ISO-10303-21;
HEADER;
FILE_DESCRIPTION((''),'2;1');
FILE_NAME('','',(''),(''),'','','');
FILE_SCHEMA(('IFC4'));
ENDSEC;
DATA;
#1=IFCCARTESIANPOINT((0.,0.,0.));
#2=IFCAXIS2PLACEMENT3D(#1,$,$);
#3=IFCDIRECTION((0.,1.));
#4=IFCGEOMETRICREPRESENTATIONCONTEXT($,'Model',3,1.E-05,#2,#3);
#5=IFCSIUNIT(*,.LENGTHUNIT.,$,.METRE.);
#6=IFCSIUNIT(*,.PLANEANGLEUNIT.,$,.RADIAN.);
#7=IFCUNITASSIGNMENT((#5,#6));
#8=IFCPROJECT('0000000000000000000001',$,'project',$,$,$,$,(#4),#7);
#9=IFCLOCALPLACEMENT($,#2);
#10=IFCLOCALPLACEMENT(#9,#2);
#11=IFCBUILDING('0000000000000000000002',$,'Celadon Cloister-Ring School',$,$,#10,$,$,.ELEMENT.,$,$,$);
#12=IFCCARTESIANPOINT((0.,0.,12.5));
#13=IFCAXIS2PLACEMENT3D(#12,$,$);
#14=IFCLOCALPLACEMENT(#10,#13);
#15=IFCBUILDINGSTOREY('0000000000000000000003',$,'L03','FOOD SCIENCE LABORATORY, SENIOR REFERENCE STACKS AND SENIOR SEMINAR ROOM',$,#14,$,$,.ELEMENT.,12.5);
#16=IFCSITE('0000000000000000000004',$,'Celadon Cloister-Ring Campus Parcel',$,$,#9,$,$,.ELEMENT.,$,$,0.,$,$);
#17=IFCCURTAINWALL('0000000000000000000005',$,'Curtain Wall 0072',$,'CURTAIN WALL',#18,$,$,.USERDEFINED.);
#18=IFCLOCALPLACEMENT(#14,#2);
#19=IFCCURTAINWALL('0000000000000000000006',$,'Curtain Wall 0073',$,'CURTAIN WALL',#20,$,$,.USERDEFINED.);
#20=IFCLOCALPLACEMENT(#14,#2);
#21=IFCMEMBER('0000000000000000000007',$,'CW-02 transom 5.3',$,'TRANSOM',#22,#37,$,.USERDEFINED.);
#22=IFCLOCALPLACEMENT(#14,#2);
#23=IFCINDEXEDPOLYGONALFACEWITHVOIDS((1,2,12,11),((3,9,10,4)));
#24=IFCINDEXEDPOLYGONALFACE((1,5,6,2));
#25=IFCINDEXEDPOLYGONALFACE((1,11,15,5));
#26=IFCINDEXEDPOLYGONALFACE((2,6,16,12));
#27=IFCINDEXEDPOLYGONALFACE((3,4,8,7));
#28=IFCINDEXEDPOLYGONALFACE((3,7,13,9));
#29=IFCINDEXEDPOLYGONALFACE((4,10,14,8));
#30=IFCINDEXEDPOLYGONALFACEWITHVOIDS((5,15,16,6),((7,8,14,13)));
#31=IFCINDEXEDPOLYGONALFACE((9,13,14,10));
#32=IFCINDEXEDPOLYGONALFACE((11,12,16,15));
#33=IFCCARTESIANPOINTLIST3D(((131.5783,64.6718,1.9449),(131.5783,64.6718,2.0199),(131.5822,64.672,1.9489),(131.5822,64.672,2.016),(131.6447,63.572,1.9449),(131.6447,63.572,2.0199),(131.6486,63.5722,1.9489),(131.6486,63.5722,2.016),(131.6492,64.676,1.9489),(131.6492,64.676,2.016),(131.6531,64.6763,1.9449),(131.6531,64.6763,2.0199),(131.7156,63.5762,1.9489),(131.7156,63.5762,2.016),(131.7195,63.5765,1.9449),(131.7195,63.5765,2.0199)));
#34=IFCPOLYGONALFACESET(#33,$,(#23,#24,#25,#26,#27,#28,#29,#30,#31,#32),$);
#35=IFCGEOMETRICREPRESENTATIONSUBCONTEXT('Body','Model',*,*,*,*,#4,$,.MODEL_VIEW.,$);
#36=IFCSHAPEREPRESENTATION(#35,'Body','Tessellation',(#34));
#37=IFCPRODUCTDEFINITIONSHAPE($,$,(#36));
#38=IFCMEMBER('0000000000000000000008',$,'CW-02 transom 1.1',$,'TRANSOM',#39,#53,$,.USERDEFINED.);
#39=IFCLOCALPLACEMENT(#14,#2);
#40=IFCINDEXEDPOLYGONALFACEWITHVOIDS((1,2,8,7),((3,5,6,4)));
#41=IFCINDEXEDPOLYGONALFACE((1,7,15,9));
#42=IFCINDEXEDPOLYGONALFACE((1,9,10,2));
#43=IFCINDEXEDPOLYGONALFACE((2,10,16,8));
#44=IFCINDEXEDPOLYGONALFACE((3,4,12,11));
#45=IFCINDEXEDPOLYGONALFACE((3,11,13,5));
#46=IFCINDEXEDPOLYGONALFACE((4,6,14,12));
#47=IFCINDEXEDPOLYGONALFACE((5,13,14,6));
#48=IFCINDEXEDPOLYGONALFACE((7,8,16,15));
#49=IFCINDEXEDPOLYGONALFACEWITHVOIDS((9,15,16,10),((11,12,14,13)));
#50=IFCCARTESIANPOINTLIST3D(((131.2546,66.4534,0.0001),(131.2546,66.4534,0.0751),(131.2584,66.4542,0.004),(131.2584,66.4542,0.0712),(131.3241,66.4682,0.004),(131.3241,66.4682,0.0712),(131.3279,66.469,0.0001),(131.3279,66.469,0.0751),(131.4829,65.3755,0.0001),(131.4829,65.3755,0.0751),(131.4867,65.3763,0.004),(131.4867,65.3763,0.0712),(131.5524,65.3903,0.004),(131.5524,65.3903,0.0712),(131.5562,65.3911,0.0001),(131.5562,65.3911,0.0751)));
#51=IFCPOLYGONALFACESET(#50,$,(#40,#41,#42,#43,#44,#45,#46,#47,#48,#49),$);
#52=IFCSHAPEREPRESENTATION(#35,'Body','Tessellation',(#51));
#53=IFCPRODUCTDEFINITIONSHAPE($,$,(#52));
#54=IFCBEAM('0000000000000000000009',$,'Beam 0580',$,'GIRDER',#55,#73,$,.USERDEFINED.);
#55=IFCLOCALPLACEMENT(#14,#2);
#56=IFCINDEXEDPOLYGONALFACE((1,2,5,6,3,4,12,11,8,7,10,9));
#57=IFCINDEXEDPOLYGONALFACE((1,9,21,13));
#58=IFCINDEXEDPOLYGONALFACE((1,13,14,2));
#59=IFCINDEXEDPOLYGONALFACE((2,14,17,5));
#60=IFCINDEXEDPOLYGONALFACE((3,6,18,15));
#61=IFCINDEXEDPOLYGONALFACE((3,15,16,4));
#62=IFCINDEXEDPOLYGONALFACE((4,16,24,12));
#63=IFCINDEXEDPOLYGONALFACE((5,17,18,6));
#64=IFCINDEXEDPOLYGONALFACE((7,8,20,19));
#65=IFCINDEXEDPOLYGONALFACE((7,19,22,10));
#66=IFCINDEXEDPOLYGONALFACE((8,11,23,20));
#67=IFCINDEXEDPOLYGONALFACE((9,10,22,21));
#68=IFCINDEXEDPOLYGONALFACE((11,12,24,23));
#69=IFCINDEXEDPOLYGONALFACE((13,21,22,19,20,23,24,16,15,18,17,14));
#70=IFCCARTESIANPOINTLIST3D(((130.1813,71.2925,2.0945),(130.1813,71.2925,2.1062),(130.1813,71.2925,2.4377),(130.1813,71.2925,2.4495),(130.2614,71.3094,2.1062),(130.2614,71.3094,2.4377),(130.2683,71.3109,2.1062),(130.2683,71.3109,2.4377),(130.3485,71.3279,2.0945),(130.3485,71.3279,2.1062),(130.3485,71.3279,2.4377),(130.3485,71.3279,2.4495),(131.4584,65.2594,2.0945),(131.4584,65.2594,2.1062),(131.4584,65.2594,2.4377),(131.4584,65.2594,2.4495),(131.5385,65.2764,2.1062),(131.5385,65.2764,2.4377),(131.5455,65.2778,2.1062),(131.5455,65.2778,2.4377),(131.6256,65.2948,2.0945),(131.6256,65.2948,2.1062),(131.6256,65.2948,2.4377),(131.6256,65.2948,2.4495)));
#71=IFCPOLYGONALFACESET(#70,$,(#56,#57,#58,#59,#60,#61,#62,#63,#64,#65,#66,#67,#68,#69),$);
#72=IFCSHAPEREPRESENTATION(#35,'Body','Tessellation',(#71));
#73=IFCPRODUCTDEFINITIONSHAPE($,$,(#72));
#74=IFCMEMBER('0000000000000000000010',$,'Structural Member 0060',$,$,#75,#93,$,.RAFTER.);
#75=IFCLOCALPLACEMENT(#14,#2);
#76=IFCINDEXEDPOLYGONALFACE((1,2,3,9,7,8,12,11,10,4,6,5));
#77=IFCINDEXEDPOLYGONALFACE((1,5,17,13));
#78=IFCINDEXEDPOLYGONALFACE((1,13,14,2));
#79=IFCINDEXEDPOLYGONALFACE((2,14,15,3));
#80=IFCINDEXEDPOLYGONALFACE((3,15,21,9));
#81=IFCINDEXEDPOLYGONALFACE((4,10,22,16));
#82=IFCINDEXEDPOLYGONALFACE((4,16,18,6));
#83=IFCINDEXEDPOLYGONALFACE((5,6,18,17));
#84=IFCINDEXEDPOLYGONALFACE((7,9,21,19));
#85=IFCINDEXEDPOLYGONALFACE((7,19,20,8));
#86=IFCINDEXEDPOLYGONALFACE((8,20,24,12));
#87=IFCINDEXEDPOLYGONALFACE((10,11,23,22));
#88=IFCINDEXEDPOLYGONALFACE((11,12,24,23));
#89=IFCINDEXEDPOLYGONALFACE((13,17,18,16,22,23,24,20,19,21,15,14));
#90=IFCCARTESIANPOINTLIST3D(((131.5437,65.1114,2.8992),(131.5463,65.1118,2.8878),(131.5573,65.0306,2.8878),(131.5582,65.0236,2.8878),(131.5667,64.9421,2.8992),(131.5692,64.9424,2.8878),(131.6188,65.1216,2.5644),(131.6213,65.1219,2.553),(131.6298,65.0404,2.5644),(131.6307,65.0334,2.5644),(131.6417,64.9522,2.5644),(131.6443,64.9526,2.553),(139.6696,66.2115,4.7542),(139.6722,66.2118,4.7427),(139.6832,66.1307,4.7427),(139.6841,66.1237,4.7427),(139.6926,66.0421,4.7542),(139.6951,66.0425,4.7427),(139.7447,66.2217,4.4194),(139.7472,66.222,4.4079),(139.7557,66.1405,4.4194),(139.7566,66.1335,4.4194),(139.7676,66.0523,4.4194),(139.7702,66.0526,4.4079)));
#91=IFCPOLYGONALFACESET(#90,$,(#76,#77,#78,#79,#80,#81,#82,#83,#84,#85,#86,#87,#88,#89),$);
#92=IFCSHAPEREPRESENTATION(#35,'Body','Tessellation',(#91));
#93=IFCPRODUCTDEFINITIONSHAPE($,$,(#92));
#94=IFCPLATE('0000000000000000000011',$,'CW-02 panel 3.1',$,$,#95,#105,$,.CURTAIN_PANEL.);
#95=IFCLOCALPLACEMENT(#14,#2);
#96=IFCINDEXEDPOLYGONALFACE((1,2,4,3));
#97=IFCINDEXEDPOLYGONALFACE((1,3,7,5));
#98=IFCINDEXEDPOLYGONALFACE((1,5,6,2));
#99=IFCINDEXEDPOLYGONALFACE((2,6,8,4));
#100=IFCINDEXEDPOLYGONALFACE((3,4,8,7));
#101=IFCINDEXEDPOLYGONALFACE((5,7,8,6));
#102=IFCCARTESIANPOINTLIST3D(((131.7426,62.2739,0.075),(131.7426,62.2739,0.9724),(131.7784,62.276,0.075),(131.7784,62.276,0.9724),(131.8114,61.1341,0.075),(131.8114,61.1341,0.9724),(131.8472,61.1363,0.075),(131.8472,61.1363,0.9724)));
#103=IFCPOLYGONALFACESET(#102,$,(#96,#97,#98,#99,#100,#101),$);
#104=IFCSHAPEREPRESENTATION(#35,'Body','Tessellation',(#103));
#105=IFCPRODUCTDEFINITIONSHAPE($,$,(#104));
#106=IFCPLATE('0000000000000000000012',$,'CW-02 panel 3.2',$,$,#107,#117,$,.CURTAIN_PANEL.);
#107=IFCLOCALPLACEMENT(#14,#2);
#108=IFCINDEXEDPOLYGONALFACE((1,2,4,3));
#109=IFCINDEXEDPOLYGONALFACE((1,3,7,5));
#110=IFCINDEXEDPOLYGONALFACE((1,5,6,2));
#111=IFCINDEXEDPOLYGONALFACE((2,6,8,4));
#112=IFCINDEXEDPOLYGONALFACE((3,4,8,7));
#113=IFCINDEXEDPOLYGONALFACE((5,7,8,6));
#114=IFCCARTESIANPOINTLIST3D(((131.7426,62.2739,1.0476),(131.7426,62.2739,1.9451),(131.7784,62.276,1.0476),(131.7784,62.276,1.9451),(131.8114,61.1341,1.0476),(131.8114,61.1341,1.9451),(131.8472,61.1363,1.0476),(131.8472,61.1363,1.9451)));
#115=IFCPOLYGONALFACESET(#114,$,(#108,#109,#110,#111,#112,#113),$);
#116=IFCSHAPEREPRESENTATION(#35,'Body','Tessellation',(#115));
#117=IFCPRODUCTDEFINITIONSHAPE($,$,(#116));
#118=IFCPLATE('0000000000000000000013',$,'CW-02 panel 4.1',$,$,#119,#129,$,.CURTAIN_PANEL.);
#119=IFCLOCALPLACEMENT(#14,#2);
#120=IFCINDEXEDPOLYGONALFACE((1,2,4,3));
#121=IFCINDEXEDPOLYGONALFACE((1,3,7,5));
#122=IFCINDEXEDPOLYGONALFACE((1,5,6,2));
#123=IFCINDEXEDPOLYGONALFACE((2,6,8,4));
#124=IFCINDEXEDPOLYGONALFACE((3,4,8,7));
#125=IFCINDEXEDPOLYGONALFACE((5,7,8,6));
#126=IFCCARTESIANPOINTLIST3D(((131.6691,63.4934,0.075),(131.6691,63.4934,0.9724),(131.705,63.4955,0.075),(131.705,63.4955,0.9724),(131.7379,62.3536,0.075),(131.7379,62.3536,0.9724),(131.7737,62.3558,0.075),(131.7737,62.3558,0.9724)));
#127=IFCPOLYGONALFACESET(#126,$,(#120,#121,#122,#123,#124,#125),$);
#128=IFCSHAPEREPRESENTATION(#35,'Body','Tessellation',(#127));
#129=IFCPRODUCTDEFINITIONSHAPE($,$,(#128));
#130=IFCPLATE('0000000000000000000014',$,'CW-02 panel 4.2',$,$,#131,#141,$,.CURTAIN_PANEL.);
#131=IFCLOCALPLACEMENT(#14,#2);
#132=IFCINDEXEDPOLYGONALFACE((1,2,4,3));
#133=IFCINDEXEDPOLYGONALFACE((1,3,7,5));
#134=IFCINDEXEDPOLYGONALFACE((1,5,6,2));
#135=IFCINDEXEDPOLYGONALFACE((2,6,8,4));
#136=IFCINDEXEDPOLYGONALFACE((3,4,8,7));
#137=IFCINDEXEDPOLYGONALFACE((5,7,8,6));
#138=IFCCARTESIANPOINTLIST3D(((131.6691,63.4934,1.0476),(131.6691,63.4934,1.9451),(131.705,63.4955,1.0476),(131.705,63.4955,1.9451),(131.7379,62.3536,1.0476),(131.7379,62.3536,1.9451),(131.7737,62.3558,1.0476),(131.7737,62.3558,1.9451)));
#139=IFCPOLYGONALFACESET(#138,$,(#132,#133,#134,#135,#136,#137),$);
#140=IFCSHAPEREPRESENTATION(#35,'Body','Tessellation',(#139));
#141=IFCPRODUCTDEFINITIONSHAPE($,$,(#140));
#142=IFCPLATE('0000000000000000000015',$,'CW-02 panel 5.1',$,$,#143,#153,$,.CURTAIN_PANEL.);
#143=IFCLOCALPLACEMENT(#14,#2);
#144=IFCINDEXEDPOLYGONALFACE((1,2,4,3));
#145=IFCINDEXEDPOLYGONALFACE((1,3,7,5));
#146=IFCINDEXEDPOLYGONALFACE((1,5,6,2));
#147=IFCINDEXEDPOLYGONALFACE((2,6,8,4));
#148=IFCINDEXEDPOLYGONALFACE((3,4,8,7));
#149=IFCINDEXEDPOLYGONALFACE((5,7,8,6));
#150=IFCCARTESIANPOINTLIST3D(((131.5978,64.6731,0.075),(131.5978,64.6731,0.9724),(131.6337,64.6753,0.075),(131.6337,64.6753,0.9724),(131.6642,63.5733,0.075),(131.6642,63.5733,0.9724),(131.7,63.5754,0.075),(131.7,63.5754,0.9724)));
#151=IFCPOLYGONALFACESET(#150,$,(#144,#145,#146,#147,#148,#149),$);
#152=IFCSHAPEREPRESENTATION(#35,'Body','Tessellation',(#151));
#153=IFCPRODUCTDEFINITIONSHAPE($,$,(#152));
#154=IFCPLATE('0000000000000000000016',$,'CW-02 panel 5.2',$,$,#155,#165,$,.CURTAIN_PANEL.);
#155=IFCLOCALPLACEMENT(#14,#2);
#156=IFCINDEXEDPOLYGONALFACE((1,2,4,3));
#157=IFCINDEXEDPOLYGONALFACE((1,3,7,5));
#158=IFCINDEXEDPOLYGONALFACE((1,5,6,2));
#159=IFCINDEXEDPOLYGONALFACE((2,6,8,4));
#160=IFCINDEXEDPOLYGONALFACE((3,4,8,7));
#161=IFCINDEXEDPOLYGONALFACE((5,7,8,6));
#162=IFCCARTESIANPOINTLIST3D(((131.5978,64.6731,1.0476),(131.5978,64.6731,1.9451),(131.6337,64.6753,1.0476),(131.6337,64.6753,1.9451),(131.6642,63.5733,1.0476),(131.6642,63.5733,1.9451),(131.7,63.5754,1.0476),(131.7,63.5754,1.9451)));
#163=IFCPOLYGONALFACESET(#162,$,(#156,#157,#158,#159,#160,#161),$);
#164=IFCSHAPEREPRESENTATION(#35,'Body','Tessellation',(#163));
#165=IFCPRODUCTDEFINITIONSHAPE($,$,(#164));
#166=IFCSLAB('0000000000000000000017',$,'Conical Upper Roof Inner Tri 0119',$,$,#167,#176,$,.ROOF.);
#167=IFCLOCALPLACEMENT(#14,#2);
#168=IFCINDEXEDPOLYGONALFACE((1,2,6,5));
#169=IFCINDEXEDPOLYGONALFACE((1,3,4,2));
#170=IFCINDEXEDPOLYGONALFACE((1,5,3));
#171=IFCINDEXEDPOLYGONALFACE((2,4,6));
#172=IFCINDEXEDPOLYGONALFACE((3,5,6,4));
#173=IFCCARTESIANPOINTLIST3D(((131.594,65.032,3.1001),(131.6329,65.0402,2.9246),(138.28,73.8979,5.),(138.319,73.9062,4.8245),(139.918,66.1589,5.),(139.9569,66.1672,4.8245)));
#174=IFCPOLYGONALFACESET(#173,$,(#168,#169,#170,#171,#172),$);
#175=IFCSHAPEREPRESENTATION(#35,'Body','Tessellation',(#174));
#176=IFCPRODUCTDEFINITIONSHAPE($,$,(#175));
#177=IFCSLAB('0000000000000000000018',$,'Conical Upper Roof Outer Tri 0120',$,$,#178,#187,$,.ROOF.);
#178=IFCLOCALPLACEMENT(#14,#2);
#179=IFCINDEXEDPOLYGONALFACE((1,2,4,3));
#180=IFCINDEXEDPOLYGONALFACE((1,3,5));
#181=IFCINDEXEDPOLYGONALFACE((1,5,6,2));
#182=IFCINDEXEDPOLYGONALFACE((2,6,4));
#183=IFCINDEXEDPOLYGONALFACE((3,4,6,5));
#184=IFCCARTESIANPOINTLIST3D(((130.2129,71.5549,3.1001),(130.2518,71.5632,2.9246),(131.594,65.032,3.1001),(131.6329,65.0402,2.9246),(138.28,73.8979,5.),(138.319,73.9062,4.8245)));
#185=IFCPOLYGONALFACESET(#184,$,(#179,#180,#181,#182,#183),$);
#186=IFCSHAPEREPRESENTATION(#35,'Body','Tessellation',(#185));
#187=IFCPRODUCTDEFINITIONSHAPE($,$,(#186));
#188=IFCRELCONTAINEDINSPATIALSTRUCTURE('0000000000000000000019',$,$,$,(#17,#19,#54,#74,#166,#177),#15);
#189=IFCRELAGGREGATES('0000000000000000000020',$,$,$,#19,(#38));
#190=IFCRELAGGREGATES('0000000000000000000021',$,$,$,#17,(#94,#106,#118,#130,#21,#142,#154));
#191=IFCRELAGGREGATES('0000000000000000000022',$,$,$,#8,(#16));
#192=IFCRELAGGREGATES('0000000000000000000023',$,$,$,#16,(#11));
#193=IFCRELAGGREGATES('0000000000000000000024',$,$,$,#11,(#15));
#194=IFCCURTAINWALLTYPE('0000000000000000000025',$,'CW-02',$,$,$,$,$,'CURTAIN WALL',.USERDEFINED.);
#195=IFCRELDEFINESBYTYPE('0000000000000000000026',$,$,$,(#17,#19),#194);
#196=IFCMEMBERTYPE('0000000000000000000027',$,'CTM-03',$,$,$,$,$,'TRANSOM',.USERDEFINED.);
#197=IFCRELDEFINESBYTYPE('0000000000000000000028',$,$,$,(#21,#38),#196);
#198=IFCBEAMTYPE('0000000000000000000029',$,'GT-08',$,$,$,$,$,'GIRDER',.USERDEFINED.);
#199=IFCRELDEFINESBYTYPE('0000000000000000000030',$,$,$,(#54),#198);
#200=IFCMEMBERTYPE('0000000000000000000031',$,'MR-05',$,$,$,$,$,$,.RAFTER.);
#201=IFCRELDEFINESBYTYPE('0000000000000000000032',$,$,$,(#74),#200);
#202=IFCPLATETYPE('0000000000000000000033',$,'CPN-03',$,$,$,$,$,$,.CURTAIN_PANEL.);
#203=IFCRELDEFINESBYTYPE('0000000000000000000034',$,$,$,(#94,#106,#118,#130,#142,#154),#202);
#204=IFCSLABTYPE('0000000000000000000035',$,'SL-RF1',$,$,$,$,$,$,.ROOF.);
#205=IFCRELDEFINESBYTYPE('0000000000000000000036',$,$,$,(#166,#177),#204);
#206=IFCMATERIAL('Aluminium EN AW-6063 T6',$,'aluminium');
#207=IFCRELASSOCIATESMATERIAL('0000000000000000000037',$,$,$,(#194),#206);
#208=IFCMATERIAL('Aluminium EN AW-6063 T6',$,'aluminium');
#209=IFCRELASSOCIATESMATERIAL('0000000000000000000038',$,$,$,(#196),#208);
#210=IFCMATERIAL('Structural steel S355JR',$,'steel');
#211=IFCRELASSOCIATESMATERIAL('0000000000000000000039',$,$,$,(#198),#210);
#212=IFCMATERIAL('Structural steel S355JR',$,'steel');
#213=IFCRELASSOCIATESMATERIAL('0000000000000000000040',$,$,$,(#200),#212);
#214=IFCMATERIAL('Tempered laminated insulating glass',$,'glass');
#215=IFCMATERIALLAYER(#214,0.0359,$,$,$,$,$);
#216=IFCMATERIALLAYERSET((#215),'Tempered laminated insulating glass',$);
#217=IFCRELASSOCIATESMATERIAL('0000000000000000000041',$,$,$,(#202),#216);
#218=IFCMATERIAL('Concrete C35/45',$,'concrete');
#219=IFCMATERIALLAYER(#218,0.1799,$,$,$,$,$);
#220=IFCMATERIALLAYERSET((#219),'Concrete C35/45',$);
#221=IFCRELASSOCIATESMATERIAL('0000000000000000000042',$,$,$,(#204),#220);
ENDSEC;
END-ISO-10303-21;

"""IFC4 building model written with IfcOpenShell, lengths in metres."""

from ifc_helpers import new_model, si_unit, direction, frame, origin, origin_2d, place, context, subcontext, project, spatial, polyline, rectangle, hollow_rectangle, i_section, outline, extrude, material, layer, layer_set, material_profile, profile_set, type_object, element, aggregate, save


model = new_model("IFC4")

# Units and contexts
model_context = context("Model", 3, precision=1e-05, world=origin(), true_north=direction((0.0, 1.0)))
body_context = subcontext(model_context, "Body", "Model", "MODEL_VIEW")
ifc_project = project(units=[si_unit("LENGTHUNIT", "METRE"), si_unit("PLANEANGLEUNIT", "RADIAN")], contexts=[model_context])

# Site, building, storey
site_placement = place(None, origin())
site = spatial("IfcSite", under=ifc_project, at=site_placement, Name="Celadon Cloister-Ring Campus Parcel", CompositionType="ELEMENT", RefElevation=0.0)
building_placement = place(site_placement, origin())
building = spatial("IfcBuilding", under=site, at=building_placement, Name="Celadon Cloister-Ring School", CompositionType="ELEMENT")
storey_placement = place(building_placement, frame((0.0, 0.0, 12.5)))
storey = spatial("IfcBuildingStorey", under=building, at=storey_placement, Name="L03", Description="FOOD SCIENCE LABORATORY, SENIOR REFERENCE STACKS AND SENIOR SEMINAR ROOM", CompositionType="ELEMENT", Elevation=12.5)

# Curtain wall
ifc_material_1 = material(Name="Aluminium EN AW-6063 T6", Category="aluminium")
curtain_wall_type = type_object("IfcCurtainWallType", Name="CW-02", ElementType="CURTAIN WALL", PredefinedType="USERDEFINED", material=ifc_material_1)
curtain_wall_1_placement = place(storey_placement, origin())
curtain_wall_1 = element("IfcCurtainWall", 1, at=curtain_wall_1_placement, inside=storey, type_object=curtain_wall_type, Name="Curtain Wall 0072", ObjectType="CURTAIN WALL", PredefinedType="USERDEFINED")

# Curtain wall
curtain_wall_2_placement = place(storey_placement, origin())
curtain_wall_2 = element("IfcCurtainWall", 2, at=curtain_wall_2_placement, inside=storey, type_object=curtain_wall_type, Name="Curtain Wall 0073", ObjectType="CURTAIN WALL", PredefinedType="USERDEFINED")

# Members
ifc_material_2 = material(Name="Aluminium EN AW-6063 T6", Category="aluminium")
ifc_material_profile_1 = material_profile(ifc_material_2, hollow_rectangle(XDim=0.075, YDim=0.075, WallThickness=0.0039, at=origin_2d()), Name="RHS75X75X4")
ifc_profile_set_1 = profile_set([ifc_material_profile_1], Name="Aluminium EN AW-6063 T6")
member_type_1 = type_object("IfcMemberType", Name="CTM-03", ElementType="TRANSOM", PredefinedType="USERDEFINED", material=ifc_profile_set_1)
member_1_placement = place(storey_placement, frame((131.6821, 63.5742, 1.9824), z_axis=(-0.060268, 0.998182, 0.0), x_axis=(-0.998182, -0.060268, 0.0)))
member_1 = element("IfcMember", 3, at=member_1_placement, type_object=member_type_1, Name="CW-02 transom 5.3", ObjectType="TRANSOM", PredefinedType="USERDEFINED", context=body_context, shape_type="SweptSolid", body=[
    extrude(hollow_rectangle(XDim=0.075, YDim=0.075, WallThickness=0.0039, at=origin_2d()), origin(), (0.0, 0.0, 1.0), 1.1018),
])
member_2_placement = place(storey_placement, frame((131.5195, 65.3833, 0.0376), z_axis=(-0.207183, 0.978302, 0.0), x_axis=(-0.978302, -0.207183, 0.0)))
member_2 = element("IfcMember", 4, at=member_2_placement, type_object=member_type_1, Name="CW-02 transom 1.1", ObjectType="TRANSOM", PredefinedType="USERDEFINED", context=body_context, shape_type="SweptSolid", body=[
    extrude(hollow_rectangle(XDim=0.075, YDim=0.075, WallThickness=0.0039, at=origin_2d()), origin(), (0.0, 0.0, 1.0), 1.1018),
])
aggregate(curtain_wall_2, [member_2])

# Beam
ifc_material_3 = material(Name="Structural steel S355JR", Category="steel")
ifc_material_profile_2 = material_profile(ifc_material_3, i_section(OverallWidth=0.1709, OverallDepth=0.355, WebThickness=0.0071, FlangeThickness=0.0117, at=origin_2d()), Name="W360X51")
ifc_profile_set_2 = profile_set([ifc_material_profile_2], Name="Structural steel S355JR")
beam_type = type_object("IfcBeamType", Name="GT-08", ElementType="GIRDER", PredefinedType="USERDEFINED", material=ifc_profile_set_2)
beam_placement = place(storey_placement, frame((131.542, 65.2771, 2.272), z_axis=(-0.207098, 0.97832, 0.0), x_axis=(-0.97832, -0.207098, 0.0)))
element("IfcBeam", 5, at=beam_placement, inside=storey, type_object=beam_type, Name="Beam 0580", ObjectType="GIRDER", PredefinedType="USERDEFINED", context=body_context, shape_type="SweptSolid", body=[
    extrude(i_section(OverallWidth=0.1709, OverallDepth=0.355, WebThickness=0.0071, FlangeThickness=0.0117, at=origin_2d()), origin(), (0.0, 0.0, 1.0), 6.1667),
])

# Member
ifc_material_4 = material(Name="Structural steel S355JR", Category="steel")
ifc_material_profile_3 = material_profile(ifc_material_4, i_section(OverallWidth=0.1709, OverallDepth=0.355, WebThickness=0.0071, FlangeThickness=0.0117, at=origin_2d()), Name="W360X51")
ifc_profile_set_3 = profile_set([ifc_material_profile_3], Name="Structural steel S355JR")
member_type_2 = type_object("IfcMemberType", Name="MR-05", PredefinedType="RAFTER", material=ifc_profile_set_3)
member_3_placement = place(storey_placement, frame((131.594, 65.032, 2.7261), z_axis=(0.966538, 0.13085, 0.220639), x_axis=(-0.134157, 0.99096, 0.0)))
element("IfcMember", 6, at=member_3_placement, inside=storey, type_object=member_type_2, Name="Structural Member 0060", PredefinedType="RAFTER", context=body_context, shape_type="SweptSolid", body=[
    extrude(i_section(OverallWidth=0.1709, OverallDepth=0.355, WebThickness=0.0071, FlangeThickness=0.0117, at=origin_2d()), origin(), (0.0, 0.0, 1.0), 8.4072),
])

# Plates
ifc_material_5 = material(Name="Tempered laminated insulating glass", Category="glass")
ifc_layer_1 = layer(ifc_material_5, 0.0359)
ifc_layer_set_1 = layer_set([ifc_layer_1], Name="Tempered laminated insulating glass")
plate_type = type_object("IfcPlateType", Name="CPN-03", PredefinedType="CURTAIN_PANEL", material=ifc_layer_set_1)
plate_1_placement = place(storey_placement, frame((131.7949, 61.7051, 0.075), z_axis=(0.0, 0.0, 1.0), x_axis=(-0.060238, 0.998184, 0.0)))
plate_1 = element("IfcPlate", 7, at=plate_1_placement, type_object=plate_type, Name="CW-02 panel 3.1", PredefinedType="CURTAIN_PANEL", context=body_context, shape_type="SweptSolid", body=[
    extrude(rectangle(XDim=1.1418, YDim=0.0359, at=origin_2d()), origin(), (0.0, 0.0, 1.0), 0.8975),
])
plate_2_placement = place(storey_placement, frame((131.7949, 61.7051, 1.0476), z_axis=(0.0, 0.0, 1.0), x_axis=(-0.060238, 0.998184, 0.0)))
plate_2 = element("IfcPlate", 8, at=plate_2_placement, type_object=plate_type, Name="CW-02 panel 3.2", PredefinedType="CURTAIN_PANEL", context=body_context, shape_type="SweptSolid", body=[
    extrude(rectangle(XDim=1.1418, YDim=0.0359, at=origin_2d()), origin(), (0.0, 0.0, 1.0), 0.8975),
])
plate_3_placement = place(storey_placement, frame((131.7214, 62.9246, 0.075), z_axis=(0.0, 0.0, 1.0), x_axis=(-0.060238, 0.998184, 0.0)))
plate_3 = element("IfcPlate", 9, at=plate_3_placement, type_object=plate_type, Name="CW-02 panel 4.1", PredefinedType="CURTAIN_PANEL", context=body_context, shape_type="SweptSolid", body=[
    extrude(rectangle(XDim=1.1418, YDim=0.0359, at=origin_2d()), origin(), (0.0, 0.0, 1.0), 0.8975),
])
plate_4_placement = place(storey_placement, frame((131.7214, 62.9246, 1.0476), z_axis=(0.0, 0.0, 1.0), x_axis=(-0.060238, 0.998184, 0.0)))
plate_4 = element("IfcPlate", 10, at=plate_4_placement, type_object=plate_type, Name="CW-02 panel 4.2", PredefinedType="CURTAIN_PANEL", context=body_context, shape_type="SweptSolid", body=[
    extrude(rectangle(XDim=1.1418, YDim=0.0359, at=origin_2d()), origin(), (0.0, 0.0, 1.0), 0.8975),
])
plate_5_placement = place(storey_placement, frame((131.6489, 64.1243, 0.075), z_axis=(0.0, 0.0, 1.0), x_axis=(-0.060238, 0.998184, 0.0)))
plate_5 = element("IfcPlate", 11, at=plate_5_placement, type_object=plate_type, Name="CW-02 panel 5.1", PredefinedType="CURTAIN_PANEL", context=body_context, shape_type="SweptSolid", body=[
    extrude(rectangle(XDim=1.1018, YDim=0.0359, at=origin_2d()), origin(), (0.0, 0.0, 1.0), 0.8975),
])
plate_6_placement = place(storey_placement, frame((131.6489, 64.1243, 1.0476), z_axis=(0.0, 0.0, 1.0), x_axis=(-0.060238, 0.998184, 0.0)))
plate_6 = element("IfcPlate", 12, at=plate_6_placement, type_object=plate_type, Name="CW-02 panel 5.2", PredefinedType="CURTAIN_PANEL", context=body_context, shape_type="SweptSolid", body=[
    extrude(rectangle(XDim=1.1018, YDim=0.0359, at=origin_2d()), origin(), (0.0, 0.0, 1.0), 0.8975),
])
aggregate(curtain_wall_1, [plate_1, plate_2, plate_3, plate_4, member_1, plate_5, plate_6])

# Slabs
ifc_material_6 = material(Name="Concrete C35/45", Category="concrete")
ifc_layer_2 = layer(ifc_material_6, 0.1799)
ifc_layer_set_2 = layer_set([ifc_layer_2], Name="Concrete C35/45")
slab_type = type_object("IfcSlabType", Name="SL-RF1", PredefinedType="ROOF", material=ifc_layer_set_2)
slab_1_placement = place(storey_placement, frame((131.594, 65.032, 3.1001), z_axis=(-0.216391, -0.045799, 0.975232), x_axis=(0.966545, 0.130857, 0.220609)))
element("IfcSlab", 13, at=slab_1_placement, inside=storey, type_object=slab_type, Name="Conical Upper Roof Inner Tri 0119", PredefinedType="ROOF", context=body_context, shape_type="SweptSolid", body=[
    extrude(outline(polyline([(0.0, 0.0), (8.6121, 0.0), (8.0417, 7.8899), (0.0, 0.0)])), origin(), (0.0, 0.0, -1.0), 0.1799),
])
slab_2_placement = place(storey_placement, frame((131.594, 65.032, 3.1001), z_axis=(-0.216373, -0.045813, 0.975235), x_axis=(0.593481, 0.786981, 0.168643)))
element("IfcSlab", 14, at=slab_2_placement, inside=storey, type_object=slab_type, Name="Conical Upper Roof Outer Tri 0120", PredefinedType="ROOF", context=body_context, shape_type="SweptSolid", body=[
    extrude(outline(polyline([(0.0, 0.0), (11.2658, 0.0), (4.3138, 5.0841), (0.0, 0.0)])), origin(), (0.0, 0.0, -1.0), 0.1799),
])

save(model, "model.ifc")
